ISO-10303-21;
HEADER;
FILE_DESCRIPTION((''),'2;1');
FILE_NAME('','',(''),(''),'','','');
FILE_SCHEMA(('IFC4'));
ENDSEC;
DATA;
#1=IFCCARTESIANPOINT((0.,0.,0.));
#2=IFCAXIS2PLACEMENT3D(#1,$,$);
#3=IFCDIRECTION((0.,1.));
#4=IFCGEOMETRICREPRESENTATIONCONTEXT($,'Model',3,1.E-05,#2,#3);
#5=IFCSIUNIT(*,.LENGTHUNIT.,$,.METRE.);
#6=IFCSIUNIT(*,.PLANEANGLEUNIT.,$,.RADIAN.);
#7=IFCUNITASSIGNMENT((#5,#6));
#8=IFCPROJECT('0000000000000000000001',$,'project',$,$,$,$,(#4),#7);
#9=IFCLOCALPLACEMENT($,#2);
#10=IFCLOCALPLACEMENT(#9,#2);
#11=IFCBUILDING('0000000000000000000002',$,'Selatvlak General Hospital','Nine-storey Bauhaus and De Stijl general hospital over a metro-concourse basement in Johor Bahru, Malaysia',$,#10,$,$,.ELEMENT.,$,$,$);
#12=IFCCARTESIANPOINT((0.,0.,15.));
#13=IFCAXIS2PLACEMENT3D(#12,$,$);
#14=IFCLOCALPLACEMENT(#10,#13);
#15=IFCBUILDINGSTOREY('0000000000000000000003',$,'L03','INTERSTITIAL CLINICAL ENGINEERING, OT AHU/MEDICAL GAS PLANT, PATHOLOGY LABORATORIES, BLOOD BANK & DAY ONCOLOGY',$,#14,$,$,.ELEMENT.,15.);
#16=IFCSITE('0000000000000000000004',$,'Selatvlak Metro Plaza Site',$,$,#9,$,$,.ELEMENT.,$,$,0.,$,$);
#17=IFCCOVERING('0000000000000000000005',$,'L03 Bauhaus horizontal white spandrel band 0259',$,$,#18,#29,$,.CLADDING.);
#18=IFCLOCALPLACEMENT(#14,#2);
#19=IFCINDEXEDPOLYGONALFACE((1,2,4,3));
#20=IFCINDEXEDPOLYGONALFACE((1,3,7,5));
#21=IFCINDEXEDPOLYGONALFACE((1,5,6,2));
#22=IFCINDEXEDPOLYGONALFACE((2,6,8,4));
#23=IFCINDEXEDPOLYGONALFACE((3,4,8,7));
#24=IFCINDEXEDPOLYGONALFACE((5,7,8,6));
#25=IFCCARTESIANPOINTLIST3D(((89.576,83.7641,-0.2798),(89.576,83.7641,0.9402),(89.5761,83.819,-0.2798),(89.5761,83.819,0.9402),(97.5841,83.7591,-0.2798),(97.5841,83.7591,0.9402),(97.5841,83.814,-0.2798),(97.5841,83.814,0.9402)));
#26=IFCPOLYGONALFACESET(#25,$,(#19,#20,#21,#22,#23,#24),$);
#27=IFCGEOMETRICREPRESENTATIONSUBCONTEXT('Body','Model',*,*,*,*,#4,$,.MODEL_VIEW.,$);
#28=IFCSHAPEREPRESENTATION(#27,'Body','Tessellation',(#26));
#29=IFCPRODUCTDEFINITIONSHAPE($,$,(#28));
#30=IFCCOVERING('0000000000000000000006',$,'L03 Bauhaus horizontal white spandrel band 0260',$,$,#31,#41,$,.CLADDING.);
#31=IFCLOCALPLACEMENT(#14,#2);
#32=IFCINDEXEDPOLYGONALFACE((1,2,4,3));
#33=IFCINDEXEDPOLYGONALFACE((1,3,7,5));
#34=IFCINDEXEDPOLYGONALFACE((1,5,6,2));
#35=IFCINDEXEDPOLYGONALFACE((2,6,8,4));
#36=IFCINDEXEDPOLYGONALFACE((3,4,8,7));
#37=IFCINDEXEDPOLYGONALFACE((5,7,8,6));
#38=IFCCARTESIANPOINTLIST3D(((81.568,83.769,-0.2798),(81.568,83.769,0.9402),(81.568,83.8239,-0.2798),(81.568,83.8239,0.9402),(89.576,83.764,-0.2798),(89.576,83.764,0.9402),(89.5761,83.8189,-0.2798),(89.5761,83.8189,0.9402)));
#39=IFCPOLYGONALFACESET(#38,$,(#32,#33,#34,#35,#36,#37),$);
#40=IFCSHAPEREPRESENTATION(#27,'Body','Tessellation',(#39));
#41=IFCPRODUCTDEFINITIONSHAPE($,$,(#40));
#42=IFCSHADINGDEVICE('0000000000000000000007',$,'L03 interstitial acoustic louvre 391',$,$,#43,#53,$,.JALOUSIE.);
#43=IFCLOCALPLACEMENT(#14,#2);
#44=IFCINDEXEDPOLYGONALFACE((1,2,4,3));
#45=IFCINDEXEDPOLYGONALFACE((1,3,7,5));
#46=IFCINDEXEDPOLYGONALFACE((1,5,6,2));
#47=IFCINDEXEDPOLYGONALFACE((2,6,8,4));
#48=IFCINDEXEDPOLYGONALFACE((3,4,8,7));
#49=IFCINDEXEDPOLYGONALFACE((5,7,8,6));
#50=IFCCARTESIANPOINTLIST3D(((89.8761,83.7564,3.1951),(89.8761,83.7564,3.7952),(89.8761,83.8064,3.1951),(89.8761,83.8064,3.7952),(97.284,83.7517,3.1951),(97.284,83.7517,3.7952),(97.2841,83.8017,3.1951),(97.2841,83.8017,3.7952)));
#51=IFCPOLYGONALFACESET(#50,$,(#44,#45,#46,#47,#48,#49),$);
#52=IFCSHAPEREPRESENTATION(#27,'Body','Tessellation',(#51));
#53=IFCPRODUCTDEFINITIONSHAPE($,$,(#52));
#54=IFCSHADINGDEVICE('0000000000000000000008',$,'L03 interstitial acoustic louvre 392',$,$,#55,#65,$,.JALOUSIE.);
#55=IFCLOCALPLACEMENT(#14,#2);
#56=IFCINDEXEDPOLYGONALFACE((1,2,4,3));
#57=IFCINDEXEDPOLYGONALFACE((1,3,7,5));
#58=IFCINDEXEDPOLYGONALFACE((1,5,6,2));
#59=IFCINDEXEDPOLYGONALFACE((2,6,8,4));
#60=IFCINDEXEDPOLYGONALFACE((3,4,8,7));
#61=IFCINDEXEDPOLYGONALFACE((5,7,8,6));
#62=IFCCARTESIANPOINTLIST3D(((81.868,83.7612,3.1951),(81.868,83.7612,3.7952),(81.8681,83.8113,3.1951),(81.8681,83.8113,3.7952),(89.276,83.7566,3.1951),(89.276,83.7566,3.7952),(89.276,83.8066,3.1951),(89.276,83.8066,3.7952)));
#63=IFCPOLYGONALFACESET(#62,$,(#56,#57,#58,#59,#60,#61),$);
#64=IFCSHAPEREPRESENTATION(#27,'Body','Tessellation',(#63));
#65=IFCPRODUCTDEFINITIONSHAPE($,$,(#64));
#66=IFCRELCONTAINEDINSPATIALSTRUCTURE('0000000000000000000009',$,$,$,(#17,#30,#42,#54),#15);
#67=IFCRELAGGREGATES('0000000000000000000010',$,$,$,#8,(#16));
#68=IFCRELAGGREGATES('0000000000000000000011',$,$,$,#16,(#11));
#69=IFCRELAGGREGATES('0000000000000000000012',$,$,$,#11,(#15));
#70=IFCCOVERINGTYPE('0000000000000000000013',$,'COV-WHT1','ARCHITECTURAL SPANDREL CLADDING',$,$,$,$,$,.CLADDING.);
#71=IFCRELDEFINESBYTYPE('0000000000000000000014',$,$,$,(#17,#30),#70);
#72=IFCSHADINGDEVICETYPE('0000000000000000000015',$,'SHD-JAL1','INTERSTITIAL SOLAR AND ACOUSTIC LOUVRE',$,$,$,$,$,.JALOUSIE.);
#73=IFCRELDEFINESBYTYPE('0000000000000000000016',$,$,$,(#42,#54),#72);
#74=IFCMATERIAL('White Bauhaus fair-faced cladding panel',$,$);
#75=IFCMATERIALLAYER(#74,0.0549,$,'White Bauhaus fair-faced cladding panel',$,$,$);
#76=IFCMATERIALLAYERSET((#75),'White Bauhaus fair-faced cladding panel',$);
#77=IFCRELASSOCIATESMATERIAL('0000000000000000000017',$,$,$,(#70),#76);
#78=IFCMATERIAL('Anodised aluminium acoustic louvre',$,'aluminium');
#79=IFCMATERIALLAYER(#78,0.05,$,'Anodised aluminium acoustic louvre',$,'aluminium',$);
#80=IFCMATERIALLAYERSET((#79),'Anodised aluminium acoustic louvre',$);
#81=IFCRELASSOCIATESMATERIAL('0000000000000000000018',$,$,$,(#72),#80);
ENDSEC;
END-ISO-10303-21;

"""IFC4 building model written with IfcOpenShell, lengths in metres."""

from ifc_helpers import new_model, si_unit, direction, frame, origin, origin_2d, place, context, subcontext, project, spatial, rectangle, extrude, material, layer, layer_set, type_object, element, save


model = new_model("IFC4")

# Units and contexts
model_context = context("Model", 3, precision=1e-05, world=origin(), true_north=direction((0.0, 1.0)))
body_context = subcontext(model_context, "Body", "Model", "MODEL_VIEW")
ifc_project = project(units=[si_unit("LENGTHUNIT", "METRE"), si_unit("PLANEANGLEUNIT", "RADIAN")], contexts=[model_context])

# Site, building, storey
site_placement = place(None, origin())
site = spatial("IfcSite", under=ifc_project, at=site_placement, Name="Selatvlak Metro Plaza Site", CompositionType="ELEMENT", RefElevation=0.0)
building_placement = place(site_placement, origin())
building = spatial("IfcBuilding", under=site, at=building_placement, Name="Selatvlak General Hospital", Description="Nine-storey Bauhaus and De Stijl general hospital over a metro-concourse basement in Johor Bahru, Malaysia", CompositionType="ELEMENT")
storey_placement = place(building_placement, frame((0.0, 0.0, 15.0)))
storey = spatial("IfcBuildingStorey", under=building, at=storey_placement, Name="L03", Description="INTERSTITIAL CLINICAL ENGINEERING, OT AHU/MEDICAL GAS PLANT, PATHOLOGY LABORATORIES, BLOOD BANK & DAY ONCOLOGY", CompositionType="ELEMENT", Elevation=15.0)

# Coverings
ifc_material_1 = material(Name="White Bauhaus fair-faced cladding panel")
ifc_layer_1 = layer(ifc_material_1, 0.0549, Name="White Bauhaus fair-faced cladding panel")
ifc_layer_set_1 = layer_set([ifc_layer_1], Name="White Bauhaus fair-faced cladding panel")
covering_type = type_object("IfcCoveringType", Name="COV-WHT1", Description="ARCHITECTURAL SPANDREL CLADDING", PredefinedType="CLADDING", material=ifc_layer_set_1)
for number, where, z_axis, x_axis, name in (
    (1, (93.5801, 83.7891, -0.2798), (0.0, 0.0, 1.0), (-1.0, 0.000628, 0.0), "L03 Bauhaus horizontal white spandrel band 0259"),
    (2, (85.572, 83.7939, -0.2798), (0.0, 0.0, 1.0), (-1.0, 0.000628, 0.0), "L03 Bauhaus horizontal white spandrel band 0260"),
):
    element("IfcCovering", number, at=place(storey_placement, frame(where, z_axis=z_axis, x_axis=x_axis)), inside=storey, type_object=covering_type, Name=name, PredefinedType="CLADDING", context=body_context, shape_type="SweptSolid", body=[
        extrude(rectangle(XDim=8.0081, YDim=0.0549, at=origin_2d()), origin(), (0.0, 0.0, 1.0), 1.22),
    ])

# Shading devices
ifc_material_2 = material(Name="Anodised aluminium acoustic louvre", Category="aluminium")
ifc_layer_2 = layer(ifc_material_2, 0.05, Name="Anodised aluminium acoustic louvre", Category="aluminium")
ifc_layer_set_2 = layer_set([ifc_layer_2], Name="Anodised aluminium acoustic louvre")
shading_device_type = type_object("IfcShadingDeviceType", Name="SHD-JAL1", Description="INTERSTITIAL SOLAR AND ACOUSTIC LOUVRE", PredefinedType="JALOUSIE", material=ifc_layer_set_2)
for number, where, z_axis, x_axis, name in (
    (3, (93.5801, 83.7791, 3.1951), (0.0, 0.0, 1.0), (-1.0, 0.000628, 0.0), "L03 interstitial acoustic louvre 391"),
    (4, (85.572, 83.7839, 3.1951), (0.0, 0.0, 1.0), (-1.0, 0.000628, 0.0), "L03 interstitial acoustic louvre 392"),
):
    element("IfcShadingDevice", number, at=place(storey_placement, frame(where, z_axis=z_axis, x_axis=x_axis)), inside=storey, type_object=shading_device_type, Name=name, PredefinedType="JALOUSIE", context=body_context, shape_type="SweptSolid", body=[
        extrude(rectangle(XDim=7.408, YDim=0.05, at=origin_2d()), origin(), (0.0, 0.0, 1.0), 0.6001),
    ])

save(model, "model.ifc")
